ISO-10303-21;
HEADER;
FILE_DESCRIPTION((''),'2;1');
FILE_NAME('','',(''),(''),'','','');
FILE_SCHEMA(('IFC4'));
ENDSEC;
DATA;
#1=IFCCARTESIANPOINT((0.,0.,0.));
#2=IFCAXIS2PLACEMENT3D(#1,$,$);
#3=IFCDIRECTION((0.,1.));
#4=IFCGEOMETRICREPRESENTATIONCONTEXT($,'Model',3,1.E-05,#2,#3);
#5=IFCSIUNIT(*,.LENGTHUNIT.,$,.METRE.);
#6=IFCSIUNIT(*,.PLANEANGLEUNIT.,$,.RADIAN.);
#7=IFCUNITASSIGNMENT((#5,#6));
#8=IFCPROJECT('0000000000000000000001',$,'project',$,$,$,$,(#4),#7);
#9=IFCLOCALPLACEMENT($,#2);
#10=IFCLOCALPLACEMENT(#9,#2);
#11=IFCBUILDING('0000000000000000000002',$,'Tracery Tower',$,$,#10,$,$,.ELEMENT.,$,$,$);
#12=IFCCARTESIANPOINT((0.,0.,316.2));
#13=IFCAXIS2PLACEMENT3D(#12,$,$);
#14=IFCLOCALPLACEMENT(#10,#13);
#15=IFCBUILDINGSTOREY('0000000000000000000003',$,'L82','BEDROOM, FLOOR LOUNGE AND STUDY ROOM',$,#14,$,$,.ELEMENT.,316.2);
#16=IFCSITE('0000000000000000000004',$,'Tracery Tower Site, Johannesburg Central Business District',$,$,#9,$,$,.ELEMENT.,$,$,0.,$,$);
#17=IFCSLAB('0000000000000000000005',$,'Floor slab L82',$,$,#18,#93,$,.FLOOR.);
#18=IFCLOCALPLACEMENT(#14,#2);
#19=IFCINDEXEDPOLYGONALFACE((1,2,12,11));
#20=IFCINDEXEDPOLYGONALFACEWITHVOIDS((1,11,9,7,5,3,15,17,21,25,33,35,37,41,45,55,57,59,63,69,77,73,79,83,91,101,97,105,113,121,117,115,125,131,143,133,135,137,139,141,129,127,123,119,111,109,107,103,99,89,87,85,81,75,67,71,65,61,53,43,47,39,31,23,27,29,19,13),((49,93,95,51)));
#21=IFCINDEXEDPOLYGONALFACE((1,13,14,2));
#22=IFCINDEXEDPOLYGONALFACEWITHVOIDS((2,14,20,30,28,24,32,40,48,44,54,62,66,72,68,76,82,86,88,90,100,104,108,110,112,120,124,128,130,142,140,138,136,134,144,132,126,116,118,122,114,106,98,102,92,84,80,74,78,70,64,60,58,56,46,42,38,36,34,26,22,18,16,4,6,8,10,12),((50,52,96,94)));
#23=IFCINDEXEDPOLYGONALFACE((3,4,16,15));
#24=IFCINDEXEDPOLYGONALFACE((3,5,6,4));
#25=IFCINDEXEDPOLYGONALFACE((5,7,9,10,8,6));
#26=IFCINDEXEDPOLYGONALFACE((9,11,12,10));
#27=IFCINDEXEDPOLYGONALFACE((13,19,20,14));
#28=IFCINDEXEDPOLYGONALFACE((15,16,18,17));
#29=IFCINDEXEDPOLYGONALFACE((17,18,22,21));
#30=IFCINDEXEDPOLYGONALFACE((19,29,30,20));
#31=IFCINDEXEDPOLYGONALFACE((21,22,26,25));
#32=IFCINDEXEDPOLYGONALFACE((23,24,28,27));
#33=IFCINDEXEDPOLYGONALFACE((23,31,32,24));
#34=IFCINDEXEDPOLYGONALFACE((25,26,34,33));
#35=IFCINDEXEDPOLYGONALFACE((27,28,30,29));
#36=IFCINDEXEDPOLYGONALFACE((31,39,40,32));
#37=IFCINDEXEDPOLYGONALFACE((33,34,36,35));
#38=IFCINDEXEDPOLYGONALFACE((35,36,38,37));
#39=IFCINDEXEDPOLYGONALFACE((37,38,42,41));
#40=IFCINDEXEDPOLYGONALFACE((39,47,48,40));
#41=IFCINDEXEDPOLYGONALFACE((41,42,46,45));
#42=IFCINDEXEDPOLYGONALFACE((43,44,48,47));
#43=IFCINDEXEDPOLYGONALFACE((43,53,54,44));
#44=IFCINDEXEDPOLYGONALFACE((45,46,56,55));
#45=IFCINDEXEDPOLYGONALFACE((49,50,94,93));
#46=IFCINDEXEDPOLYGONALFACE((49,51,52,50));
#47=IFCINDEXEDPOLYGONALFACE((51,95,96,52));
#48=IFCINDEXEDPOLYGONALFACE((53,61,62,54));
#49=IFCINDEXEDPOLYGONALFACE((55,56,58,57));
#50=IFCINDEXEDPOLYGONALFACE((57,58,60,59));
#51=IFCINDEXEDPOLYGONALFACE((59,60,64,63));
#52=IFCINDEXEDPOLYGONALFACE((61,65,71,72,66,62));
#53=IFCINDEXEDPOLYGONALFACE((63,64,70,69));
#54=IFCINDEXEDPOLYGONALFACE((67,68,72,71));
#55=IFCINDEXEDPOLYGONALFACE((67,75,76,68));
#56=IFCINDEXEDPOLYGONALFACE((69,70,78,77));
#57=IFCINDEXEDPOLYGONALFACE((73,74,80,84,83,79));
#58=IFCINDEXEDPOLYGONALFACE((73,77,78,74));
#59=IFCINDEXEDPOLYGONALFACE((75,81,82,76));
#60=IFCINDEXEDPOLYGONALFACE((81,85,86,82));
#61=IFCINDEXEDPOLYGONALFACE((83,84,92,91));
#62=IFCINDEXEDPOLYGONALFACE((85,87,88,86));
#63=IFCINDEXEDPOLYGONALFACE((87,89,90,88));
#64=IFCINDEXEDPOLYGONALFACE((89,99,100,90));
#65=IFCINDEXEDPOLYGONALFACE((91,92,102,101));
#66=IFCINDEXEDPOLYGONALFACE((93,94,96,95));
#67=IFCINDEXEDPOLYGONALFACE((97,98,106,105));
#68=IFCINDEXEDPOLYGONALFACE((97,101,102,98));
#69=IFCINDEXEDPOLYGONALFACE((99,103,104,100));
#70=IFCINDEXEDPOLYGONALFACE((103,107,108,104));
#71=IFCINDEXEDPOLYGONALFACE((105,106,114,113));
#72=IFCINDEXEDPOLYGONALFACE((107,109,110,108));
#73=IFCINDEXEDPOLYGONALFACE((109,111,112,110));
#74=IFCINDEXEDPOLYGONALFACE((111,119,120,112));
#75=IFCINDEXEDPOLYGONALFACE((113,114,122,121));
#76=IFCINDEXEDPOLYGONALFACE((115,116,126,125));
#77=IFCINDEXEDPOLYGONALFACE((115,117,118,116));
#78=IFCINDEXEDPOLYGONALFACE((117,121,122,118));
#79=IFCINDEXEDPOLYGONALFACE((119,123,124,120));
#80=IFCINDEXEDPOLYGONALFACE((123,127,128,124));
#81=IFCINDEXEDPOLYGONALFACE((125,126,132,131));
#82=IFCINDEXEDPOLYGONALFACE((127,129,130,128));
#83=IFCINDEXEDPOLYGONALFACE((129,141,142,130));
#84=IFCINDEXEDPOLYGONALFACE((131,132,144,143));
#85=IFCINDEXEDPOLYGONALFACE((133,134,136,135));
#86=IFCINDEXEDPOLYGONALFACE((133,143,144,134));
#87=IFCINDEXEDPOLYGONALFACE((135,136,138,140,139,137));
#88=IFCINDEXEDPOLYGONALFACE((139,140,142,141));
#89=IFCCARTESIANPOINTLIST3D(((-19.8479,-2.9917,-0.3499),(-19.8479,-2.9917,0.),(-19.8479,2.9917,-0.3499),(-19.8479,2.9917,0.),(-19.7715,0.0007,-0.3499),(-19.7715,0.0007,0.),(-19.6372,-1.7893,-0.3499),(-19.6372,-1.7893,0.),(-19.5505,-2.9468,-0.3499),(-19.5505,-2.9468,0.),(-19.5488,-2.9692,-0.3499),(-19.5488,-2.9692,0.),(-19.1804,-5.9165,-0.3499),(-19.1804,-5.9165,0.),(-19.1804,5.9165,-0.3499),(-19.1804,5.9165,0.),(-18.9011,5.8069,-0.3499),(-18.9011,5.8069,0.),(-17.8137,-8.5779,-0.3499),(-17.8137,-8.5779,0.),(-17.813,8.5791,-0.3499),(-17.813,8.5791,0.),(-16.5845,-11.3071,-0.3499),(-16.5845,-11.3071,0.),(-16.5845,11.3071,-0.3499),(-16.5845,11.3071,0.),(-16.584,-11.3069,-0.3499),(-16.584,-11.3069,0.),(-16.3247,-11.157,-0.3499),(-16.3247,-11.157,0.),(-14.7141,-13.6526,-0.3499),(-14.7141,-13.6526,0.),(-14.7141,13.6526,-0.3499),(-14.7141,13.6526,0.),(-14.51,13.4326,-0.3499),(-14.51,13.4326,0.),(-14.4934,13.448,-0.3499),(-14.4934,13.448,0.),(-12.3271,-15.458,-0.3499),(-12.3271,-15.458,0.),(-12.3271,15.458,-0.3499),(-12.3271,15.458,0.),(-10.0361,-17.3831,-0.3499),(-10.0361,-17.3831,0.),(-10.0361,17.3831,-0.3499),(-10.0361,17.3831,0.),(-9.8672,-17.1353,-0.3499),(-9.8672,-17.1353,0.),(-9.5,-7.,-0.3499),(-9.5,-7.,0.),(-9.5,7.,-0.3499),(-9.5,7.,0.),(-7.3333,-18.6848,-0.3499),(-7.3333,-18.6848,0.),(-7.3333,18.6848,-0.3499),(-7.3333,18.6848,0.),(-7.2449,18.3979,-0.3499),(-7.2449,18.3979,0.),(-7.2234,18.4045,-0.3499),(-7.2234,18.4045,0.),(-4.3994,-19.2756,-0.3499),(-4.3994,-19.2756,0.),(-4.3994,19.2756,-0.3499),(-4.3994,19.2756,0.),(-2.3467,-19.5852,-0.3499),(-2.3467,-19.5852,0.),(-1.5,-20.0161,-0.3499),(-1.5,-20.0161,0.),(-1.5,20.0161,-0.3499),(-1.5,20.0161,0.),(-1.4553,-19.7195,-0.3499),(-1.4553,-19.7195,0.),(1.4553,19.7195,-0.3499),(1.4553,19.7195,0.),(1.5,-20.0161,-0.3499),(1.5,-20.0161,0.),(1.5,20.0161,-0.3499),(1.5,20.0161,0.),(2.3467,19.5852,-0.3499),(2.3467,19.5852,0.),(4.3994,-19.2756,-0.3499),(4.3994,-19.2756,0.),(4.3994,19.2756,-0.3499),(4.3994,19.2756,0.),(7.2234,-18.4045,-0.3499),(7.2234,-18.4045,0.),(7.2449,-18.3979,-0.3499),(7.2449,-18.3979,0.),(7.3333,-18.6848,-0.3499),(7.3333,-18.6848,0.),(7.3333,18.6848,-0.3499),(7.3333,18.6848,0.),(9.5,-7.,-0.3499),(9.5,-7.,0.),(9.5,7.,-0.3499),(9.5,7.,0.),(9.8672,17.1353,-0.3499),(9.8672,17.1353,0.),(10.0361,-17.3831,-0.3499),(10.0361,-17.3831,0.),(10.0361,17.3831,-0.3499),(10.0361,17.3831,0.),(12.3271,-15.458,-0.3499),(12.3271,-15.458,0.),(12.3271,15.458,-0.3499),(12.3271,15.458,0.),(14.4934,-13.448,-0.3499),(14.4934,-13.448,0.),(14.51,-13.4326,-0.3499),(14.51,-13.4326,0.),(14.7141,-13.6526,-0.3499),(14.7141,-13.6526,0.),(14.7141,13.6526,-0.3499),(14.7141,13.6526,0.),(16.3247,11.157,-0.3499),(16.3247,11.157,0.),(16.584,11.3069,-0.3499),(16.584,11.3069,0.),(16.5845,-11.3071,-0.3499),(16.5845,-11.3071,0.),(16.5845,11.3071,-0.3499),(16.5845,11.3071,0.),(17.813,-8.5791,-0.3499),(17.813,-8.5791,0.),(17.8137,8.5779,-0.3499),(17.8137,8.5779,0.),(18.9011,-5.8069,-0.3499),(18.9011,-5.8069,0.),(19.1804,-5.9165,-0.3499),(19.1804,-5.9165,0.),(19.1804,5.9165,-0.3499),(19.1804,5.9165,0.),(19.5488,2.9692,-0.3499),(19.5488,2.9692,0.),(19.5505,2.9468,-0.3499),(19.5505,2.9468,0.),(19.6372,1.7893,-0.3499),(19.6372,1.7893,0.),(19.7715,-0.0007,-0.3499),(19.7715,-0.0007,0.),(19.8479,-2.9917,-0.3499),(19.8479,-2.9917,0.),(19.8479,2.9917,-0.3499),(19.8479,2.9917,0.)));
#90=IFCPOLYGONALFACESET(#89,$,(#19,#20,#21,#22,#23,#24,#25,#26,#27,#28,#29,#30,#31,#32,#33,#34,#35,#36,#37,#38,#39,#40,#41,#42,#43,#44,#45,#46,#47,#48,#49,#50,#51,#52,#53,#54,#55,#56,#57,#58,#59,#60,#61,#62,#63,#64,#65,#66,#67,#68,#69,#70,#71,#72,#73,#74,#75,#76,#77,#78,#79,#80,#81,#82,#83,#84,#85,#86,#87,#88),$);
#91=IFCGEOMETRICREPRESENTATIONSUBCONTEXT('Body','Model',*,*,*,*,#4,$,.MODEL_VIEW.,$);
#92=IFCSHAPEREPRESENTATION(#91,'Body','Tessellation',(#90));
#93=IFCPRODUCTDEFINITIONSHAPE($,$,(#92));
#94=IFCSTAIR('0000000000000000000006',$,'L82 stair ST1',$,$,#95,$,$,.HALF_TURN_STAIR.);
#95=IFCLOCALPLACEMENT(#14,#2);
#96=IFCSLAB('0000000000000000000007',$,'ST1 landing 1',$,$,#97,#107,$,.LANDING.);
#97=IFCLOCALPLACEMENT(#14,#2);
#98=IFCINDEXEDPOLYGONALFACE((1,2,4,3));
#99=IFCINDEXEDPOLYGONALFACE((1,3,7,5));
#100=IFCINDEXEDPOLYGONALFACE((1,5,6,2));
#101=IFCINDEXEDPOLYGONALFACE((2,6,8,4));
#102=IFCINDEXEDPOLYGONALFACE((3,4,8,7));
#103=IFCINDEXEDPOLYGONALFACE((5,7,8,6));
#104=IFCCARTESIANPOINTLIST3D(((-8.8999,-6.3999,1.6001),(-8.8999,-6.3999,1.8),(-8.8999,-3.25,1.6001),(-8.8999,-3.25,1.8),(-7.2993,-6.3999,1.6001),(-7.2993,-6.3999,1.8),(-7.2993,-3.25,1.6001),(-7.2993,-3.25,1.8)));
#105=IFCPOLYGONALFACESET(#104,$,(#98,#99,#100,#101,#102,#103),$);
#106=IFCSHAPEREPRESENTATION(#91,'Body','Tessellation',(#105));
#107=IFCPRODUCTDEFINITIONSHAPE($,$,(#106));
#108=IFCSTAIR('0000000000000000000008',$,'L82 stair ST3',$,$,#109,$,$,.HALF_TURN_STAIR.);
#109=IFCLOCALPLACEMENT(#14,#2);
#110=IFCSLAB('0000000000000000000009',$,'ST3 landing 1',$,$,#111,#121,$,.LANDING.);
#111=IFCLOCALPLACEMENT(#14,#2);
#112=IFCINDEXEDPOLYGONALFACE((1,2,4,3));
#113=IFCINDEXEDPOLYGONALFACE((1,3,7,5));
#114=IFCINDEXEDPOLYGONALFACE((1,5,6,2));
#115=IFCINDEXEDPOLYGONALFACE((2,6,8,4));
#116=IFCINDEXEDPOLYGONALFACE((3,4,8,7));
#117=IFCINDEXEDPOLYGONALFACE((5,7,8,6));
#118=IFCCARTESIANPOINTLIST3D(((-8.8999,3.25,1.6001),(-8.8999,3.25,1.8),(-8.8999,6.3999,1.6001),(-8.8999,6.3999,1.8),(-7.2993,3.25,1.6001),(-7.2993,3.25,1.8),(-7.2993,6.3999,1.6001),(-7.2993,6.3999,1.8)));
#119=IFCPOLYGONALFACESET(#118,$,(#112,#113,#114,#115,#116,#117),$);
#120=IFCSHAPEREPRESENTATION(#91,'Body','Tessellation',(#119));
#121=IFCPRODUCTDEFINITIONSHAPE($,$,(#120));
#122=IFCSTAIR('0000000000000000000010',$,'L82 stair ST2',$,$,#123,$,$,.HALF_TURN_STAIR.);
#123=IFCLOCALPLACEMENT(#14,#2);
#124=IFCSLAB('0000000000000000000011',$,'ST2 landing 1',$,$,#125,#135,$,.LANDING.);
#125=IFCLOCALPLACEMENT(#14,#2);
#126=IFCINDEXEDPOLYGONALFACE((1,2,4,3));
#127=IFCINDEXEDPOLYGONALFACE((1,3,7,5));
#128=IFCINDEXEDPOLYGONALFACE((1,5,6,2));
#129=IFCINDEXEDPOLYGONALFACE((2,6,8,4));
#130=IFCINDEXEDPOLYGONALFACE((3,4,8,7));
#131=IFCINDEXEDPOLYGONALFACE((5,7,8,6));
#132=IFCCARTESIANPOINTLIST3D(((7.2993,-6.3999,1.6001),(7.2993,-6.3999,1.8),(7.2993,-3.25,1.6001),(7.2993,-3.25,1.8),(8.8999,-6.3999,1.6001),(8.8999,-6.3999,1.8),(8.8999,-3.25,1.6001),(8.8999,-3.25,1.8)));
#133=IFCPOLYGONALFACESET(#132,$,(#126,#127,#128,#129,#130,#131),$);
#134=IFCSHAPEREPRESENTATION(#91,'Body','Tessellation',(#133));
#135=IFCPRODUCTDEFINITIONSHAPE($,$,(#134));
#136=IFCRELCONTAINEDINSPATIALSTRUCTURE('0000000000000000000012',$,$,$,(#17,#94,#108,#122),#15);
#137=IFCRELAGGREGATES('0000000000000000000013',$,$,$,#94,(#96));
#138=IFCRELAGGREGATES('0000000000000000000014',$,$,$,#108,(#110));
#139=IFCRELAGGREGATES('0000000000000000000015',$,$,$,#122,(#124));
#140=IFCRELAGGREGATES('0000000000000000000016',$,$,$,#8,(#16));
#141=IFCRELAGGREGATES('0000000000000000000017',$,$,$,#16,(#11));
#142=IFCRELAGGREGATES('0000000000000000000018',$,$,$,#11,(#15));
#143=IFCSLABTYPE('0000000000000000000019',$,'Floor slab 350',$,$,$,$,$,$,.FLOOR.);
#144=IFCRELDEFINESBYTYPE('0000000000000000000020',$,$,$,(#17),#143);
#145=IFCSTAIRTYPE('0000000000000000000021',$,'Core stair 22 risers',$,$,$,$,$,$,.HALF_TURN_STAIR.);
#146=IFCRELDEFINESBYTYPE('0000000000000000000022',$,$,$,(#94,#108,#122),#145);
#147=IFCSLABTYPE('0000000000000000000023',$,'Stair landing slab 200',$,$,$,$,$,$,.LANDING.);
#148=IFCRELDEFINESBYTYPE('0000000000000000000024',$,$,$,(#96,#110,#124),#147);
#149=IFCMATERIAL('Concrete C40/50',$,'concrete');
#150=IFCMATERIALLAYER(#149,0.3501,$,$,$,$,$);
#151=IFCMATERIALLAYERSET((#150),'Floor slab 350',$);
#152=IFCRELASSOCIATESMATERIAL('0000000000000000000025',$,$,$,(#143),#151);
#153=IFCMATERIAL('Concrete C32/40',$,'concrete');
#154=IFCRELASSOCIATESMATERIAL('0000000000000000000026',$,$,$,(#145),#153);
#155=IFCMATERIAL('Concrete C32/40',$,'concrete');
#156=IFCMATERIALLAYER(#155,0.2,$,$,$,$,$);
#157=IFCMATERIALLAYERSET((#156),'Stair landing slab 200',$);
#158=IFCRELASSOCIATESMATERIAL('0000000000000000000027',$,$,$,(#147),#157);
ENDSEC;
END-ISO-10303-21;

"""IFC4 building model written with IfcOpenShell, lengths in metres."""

from ifc_helpers import new_model, si_unit, direction, frame, origin, place, context, subcontext, project, spatial, polyline, outline, extrude, material, layer, layer_set, type_object, element, aggregate, save


model = new_model("IFC4")

# Units and contexts
model_context = context("Model", 3, precision=1e-05, world=origin(), true_north=direction((0.0, 1.0)))
body_context = subcontext(model_context, "Body", "Model", "MODEL_VIEW")
ifc_project = project(units=[si_unit("LENGTHUNIT", "METRE"), si_unit("PLANEANGLEUNIT", "RADIAN")], contexts=[model_context])

# Site, building, storey
site_placement = place(None, origin())
site = spatial("IfcSite", under=ifc_project, at=site_placement, Name="Tracery Tower Site, Johannesburg Central Business District", CompositionType="ELEMENT", RefElevation=0.0)
building_placement = place(site_placement, origin())
building = spatial("IfcBuilding", under=site, at=building_placement, Name="Tracery Tower", CompositionType="ELEMENT")
storey_placement = place(building_placement, frame((0.0, 0.0, 316.2)))
storey = spatial("IfcBuildingStorey", under=building, at=storey_placement, Name="L82", Description="BEDROOM, FLOOR LOUNGE AND STUDY ROOM", CompositionType="ELEMENT", Elevation=316.2)

# Slab
ifc_material_1 = material(Name="Concrete C40/50", Category="concrete")
ifc_layer_1 = layer(ifc_material_1, 0.3501)
ifc_layer_set_1 = layer_set([ifc_layer_1], Name="Floor slab 350")
slab_type_1 = type_object("IfcSlabType", Name="Floor slab 350", PredefinedType="FLOOR", material=ifc_layer_set_1)
slab_1_placement = place(storey_placement, frame((0.0, 0.0, -0.3499)))
element("IfcSlab", 1, at=slab_1_placement, inside=storey, type_object=slab_type_1, Name="Floor slab L82", PredefinedType="FLOOR", context=body_context, shape_type="SweptSolid", body=[
    extrude(outline(polyline([(19.5505, 2.9468), (19.5488, 2.9692), (19.8479, 2.9917), (19.1804, 5.9165), (17.8137, 8.5779), (16.3247, 11.157), (16.584, 11.3069), (16.5845, 11.3071), (14.7141, 13.6526), (12.3271, 15.458), (9.8672, 17.1353), (10.0361, 17.3831), (7.3333, 18.6848), (4.3994, 19.2756), (2.3467, 19.5852), (1.4553, 19.7195), (1.5, 20.0161), (1.5, 20.0161), (-1.5, 20.0161), (-4.3994, 19.2756), (-7.2234, 18.4045), (-7.2234, 18.4045), (-7.2449, 18.3979), (-7.3333, 18.6848), (-10.0361, 17.3831), (-12.3271, 15.458), (-14.4934, 13.448), (-14.4934, 13.448), (-14.51, 13.4326), (-14.7141, 13.6526), (-14.7141, 13.6526), (-16.5845, 11.3071), (-17.813, 8.5791), (-18.9011, 5.8069), (-19.1804, 5.9165), (-19.8479, 2.9917), (-19.7715, 0.0007), (-19.6372, -1.7893), (-19.5505, -2.9468), (-19.5505, -2.9468), (-19.5488, -2.9692), (-19.8479, -2.9917), (-19.1804, -5.9165), (-17.8137, -8.5779), (-16.3247, -11.157), (-16.584, -11.3069), (-16.5845, -11.3071), (-14.7141, -13.6526), (-12.3271, -15.458), (-9.8672, -17.1353), (-10.0361, -17.3831), (-7.3333, -18.6848), (-4.3994, -19.2756), (-2.3467, -19.5852), (-1.4553, -19.7195), (-1.5, -20.0161), (-1.5, -20.0161), (1.5, -20.0161), (4.3994, -19.2756), (7.2234, -18.4045), (7.2234, -18.4045), (7.2449, -18.3979), (7.3333, -18.6848), (10.0361, -17.3831), (12.3271, -15.458), (14.4934, -13.448), (14.4934, -13.448), (14.51, -13.4326), (14.7141, -13.6526), (14.7141, -13.6526), (16.5845, -11.3071), (17.813, -8.5791), (18.9011, -5.8069), (19.1804, -5.9165), (19.8479, -2.9917), (19.7715, -0.0007), (19.6372, 1.7893), (19.5505, 2.9468), (19.5505, 2.9468)]), holes=[polyline([(-9.5, -7.0), (9.5, -7.0), (9.5, 7.0), (-9.5, 7.0), (-9.5, -7.0)])]), origin(), (0.0, 0.0, 1.0), 0.3499),
])

# Stairs, slabs
ifc_material_2 = material(Name="Concrete C32/40", Category="concrete")
stair_type = type_object("IfcStairType", Name="Core stair 22 risers", PredefinedType="HALF_TURN_STAIR", material=ifc_material_2)
stair_1_placement = place(storey_placement, origin())
stair_1 = element("IfcStair", 2, at=stair_1_placement, inside=storey, type_object=stair_type, Name="L82 stair ST1", PredefinedType="HALF_TURN_STAIR")
ifc_material_3 = material(Name="Concrete C32/40", Category="concrete")
ifc_layer_2 = layer(ifc_material_3, 0.2)
ifc_layer_set_2 = layer_set([ifc_layer_2], Name="Stair landing slab 200")
slab_type_2 = type_object("IfcSlabType", Name="Stair landing slab 200", PredefinedType="LANDING", material=ifc_layer_set_2)
slab_2_placement = place(storey_placement, frame((0.0, 0.0, 1.6001)))
slab_2 = element("IfcSlab", 3, at=slab_2_placement, type_object=slab_type_2, Name="ST1 landing 1", PredefinedType="LANDING", context=body_context, shape_type="SweptSolid", body=[
    extrude(outline(polyline([(-7.2993, -3.25), (-8.8999, -3.25), (-8.8999, -6.3999), (-7.2993, -6.3999), (-7.2993, -3.25)])), origin(), (0.0, 0.0, 1.0), 0.2),
])
aggregate(stair_1, [slab_2])
stair_2_placement = place(storey_placement, origin())
stair_2 = element("IfcStair", 4, at=stair_2_placement, inside=storey, type_object=stair_type, Name="L82 stair ST3", PredefinedType="HALF_TURN_STAIR")
slab_3_placement = place(storey_placement, frame((0.0, 0.0, 1.6001)))
slab_3 = element("IfcSlab", 5, at=slab_3_placement, type_object=slab_type_2, Name="ST3 landing 1", PredefinedType="LANDING", context=body_context, shape_type="SweptSolid", body=[
    extrude(outline(polyline([(-7.2993, 6.3999), (-8.8999, 6.3999), (-8.8999, 3.25), (-7.2993, 3.25), (-7.2993, 6.3999)])), origin(), (0.0, 0.0, 1.0), 0.2),
])
aggregate(stair_2, [slab_3])
stair_3_placement = place(storey_placement, origin())
stair_3 = element("IfcStair", 6, at=stair_3_placement, inside=storey, type_object=stair_type, Name="L82 stair ST2", PredefinedType="HALF_TURN_STAIR")
slab_4_placement = place(storey_placement, frame((0.0, 0.0, 1.6001)))
slab_4 = element("IfcSlab", 7, at=slab_4_placement, type_object=slab_type_2, Name="ST2 landing 1", PredefinedType="LANDING", context=body_context, shape_type="SweptSolid", body=[
    extrude(outline(polyline([(7.2993, -6.3999), (8.8999, -6.3999), (8.8999, -3.25), (7.2993, -3.25), (7.2993, -6.3999)])), origin(), (0.0, 0.0, 1.0), 0.2),
])
aggregate(stair_3, [slab_4])

save(model, "model.ifc")
